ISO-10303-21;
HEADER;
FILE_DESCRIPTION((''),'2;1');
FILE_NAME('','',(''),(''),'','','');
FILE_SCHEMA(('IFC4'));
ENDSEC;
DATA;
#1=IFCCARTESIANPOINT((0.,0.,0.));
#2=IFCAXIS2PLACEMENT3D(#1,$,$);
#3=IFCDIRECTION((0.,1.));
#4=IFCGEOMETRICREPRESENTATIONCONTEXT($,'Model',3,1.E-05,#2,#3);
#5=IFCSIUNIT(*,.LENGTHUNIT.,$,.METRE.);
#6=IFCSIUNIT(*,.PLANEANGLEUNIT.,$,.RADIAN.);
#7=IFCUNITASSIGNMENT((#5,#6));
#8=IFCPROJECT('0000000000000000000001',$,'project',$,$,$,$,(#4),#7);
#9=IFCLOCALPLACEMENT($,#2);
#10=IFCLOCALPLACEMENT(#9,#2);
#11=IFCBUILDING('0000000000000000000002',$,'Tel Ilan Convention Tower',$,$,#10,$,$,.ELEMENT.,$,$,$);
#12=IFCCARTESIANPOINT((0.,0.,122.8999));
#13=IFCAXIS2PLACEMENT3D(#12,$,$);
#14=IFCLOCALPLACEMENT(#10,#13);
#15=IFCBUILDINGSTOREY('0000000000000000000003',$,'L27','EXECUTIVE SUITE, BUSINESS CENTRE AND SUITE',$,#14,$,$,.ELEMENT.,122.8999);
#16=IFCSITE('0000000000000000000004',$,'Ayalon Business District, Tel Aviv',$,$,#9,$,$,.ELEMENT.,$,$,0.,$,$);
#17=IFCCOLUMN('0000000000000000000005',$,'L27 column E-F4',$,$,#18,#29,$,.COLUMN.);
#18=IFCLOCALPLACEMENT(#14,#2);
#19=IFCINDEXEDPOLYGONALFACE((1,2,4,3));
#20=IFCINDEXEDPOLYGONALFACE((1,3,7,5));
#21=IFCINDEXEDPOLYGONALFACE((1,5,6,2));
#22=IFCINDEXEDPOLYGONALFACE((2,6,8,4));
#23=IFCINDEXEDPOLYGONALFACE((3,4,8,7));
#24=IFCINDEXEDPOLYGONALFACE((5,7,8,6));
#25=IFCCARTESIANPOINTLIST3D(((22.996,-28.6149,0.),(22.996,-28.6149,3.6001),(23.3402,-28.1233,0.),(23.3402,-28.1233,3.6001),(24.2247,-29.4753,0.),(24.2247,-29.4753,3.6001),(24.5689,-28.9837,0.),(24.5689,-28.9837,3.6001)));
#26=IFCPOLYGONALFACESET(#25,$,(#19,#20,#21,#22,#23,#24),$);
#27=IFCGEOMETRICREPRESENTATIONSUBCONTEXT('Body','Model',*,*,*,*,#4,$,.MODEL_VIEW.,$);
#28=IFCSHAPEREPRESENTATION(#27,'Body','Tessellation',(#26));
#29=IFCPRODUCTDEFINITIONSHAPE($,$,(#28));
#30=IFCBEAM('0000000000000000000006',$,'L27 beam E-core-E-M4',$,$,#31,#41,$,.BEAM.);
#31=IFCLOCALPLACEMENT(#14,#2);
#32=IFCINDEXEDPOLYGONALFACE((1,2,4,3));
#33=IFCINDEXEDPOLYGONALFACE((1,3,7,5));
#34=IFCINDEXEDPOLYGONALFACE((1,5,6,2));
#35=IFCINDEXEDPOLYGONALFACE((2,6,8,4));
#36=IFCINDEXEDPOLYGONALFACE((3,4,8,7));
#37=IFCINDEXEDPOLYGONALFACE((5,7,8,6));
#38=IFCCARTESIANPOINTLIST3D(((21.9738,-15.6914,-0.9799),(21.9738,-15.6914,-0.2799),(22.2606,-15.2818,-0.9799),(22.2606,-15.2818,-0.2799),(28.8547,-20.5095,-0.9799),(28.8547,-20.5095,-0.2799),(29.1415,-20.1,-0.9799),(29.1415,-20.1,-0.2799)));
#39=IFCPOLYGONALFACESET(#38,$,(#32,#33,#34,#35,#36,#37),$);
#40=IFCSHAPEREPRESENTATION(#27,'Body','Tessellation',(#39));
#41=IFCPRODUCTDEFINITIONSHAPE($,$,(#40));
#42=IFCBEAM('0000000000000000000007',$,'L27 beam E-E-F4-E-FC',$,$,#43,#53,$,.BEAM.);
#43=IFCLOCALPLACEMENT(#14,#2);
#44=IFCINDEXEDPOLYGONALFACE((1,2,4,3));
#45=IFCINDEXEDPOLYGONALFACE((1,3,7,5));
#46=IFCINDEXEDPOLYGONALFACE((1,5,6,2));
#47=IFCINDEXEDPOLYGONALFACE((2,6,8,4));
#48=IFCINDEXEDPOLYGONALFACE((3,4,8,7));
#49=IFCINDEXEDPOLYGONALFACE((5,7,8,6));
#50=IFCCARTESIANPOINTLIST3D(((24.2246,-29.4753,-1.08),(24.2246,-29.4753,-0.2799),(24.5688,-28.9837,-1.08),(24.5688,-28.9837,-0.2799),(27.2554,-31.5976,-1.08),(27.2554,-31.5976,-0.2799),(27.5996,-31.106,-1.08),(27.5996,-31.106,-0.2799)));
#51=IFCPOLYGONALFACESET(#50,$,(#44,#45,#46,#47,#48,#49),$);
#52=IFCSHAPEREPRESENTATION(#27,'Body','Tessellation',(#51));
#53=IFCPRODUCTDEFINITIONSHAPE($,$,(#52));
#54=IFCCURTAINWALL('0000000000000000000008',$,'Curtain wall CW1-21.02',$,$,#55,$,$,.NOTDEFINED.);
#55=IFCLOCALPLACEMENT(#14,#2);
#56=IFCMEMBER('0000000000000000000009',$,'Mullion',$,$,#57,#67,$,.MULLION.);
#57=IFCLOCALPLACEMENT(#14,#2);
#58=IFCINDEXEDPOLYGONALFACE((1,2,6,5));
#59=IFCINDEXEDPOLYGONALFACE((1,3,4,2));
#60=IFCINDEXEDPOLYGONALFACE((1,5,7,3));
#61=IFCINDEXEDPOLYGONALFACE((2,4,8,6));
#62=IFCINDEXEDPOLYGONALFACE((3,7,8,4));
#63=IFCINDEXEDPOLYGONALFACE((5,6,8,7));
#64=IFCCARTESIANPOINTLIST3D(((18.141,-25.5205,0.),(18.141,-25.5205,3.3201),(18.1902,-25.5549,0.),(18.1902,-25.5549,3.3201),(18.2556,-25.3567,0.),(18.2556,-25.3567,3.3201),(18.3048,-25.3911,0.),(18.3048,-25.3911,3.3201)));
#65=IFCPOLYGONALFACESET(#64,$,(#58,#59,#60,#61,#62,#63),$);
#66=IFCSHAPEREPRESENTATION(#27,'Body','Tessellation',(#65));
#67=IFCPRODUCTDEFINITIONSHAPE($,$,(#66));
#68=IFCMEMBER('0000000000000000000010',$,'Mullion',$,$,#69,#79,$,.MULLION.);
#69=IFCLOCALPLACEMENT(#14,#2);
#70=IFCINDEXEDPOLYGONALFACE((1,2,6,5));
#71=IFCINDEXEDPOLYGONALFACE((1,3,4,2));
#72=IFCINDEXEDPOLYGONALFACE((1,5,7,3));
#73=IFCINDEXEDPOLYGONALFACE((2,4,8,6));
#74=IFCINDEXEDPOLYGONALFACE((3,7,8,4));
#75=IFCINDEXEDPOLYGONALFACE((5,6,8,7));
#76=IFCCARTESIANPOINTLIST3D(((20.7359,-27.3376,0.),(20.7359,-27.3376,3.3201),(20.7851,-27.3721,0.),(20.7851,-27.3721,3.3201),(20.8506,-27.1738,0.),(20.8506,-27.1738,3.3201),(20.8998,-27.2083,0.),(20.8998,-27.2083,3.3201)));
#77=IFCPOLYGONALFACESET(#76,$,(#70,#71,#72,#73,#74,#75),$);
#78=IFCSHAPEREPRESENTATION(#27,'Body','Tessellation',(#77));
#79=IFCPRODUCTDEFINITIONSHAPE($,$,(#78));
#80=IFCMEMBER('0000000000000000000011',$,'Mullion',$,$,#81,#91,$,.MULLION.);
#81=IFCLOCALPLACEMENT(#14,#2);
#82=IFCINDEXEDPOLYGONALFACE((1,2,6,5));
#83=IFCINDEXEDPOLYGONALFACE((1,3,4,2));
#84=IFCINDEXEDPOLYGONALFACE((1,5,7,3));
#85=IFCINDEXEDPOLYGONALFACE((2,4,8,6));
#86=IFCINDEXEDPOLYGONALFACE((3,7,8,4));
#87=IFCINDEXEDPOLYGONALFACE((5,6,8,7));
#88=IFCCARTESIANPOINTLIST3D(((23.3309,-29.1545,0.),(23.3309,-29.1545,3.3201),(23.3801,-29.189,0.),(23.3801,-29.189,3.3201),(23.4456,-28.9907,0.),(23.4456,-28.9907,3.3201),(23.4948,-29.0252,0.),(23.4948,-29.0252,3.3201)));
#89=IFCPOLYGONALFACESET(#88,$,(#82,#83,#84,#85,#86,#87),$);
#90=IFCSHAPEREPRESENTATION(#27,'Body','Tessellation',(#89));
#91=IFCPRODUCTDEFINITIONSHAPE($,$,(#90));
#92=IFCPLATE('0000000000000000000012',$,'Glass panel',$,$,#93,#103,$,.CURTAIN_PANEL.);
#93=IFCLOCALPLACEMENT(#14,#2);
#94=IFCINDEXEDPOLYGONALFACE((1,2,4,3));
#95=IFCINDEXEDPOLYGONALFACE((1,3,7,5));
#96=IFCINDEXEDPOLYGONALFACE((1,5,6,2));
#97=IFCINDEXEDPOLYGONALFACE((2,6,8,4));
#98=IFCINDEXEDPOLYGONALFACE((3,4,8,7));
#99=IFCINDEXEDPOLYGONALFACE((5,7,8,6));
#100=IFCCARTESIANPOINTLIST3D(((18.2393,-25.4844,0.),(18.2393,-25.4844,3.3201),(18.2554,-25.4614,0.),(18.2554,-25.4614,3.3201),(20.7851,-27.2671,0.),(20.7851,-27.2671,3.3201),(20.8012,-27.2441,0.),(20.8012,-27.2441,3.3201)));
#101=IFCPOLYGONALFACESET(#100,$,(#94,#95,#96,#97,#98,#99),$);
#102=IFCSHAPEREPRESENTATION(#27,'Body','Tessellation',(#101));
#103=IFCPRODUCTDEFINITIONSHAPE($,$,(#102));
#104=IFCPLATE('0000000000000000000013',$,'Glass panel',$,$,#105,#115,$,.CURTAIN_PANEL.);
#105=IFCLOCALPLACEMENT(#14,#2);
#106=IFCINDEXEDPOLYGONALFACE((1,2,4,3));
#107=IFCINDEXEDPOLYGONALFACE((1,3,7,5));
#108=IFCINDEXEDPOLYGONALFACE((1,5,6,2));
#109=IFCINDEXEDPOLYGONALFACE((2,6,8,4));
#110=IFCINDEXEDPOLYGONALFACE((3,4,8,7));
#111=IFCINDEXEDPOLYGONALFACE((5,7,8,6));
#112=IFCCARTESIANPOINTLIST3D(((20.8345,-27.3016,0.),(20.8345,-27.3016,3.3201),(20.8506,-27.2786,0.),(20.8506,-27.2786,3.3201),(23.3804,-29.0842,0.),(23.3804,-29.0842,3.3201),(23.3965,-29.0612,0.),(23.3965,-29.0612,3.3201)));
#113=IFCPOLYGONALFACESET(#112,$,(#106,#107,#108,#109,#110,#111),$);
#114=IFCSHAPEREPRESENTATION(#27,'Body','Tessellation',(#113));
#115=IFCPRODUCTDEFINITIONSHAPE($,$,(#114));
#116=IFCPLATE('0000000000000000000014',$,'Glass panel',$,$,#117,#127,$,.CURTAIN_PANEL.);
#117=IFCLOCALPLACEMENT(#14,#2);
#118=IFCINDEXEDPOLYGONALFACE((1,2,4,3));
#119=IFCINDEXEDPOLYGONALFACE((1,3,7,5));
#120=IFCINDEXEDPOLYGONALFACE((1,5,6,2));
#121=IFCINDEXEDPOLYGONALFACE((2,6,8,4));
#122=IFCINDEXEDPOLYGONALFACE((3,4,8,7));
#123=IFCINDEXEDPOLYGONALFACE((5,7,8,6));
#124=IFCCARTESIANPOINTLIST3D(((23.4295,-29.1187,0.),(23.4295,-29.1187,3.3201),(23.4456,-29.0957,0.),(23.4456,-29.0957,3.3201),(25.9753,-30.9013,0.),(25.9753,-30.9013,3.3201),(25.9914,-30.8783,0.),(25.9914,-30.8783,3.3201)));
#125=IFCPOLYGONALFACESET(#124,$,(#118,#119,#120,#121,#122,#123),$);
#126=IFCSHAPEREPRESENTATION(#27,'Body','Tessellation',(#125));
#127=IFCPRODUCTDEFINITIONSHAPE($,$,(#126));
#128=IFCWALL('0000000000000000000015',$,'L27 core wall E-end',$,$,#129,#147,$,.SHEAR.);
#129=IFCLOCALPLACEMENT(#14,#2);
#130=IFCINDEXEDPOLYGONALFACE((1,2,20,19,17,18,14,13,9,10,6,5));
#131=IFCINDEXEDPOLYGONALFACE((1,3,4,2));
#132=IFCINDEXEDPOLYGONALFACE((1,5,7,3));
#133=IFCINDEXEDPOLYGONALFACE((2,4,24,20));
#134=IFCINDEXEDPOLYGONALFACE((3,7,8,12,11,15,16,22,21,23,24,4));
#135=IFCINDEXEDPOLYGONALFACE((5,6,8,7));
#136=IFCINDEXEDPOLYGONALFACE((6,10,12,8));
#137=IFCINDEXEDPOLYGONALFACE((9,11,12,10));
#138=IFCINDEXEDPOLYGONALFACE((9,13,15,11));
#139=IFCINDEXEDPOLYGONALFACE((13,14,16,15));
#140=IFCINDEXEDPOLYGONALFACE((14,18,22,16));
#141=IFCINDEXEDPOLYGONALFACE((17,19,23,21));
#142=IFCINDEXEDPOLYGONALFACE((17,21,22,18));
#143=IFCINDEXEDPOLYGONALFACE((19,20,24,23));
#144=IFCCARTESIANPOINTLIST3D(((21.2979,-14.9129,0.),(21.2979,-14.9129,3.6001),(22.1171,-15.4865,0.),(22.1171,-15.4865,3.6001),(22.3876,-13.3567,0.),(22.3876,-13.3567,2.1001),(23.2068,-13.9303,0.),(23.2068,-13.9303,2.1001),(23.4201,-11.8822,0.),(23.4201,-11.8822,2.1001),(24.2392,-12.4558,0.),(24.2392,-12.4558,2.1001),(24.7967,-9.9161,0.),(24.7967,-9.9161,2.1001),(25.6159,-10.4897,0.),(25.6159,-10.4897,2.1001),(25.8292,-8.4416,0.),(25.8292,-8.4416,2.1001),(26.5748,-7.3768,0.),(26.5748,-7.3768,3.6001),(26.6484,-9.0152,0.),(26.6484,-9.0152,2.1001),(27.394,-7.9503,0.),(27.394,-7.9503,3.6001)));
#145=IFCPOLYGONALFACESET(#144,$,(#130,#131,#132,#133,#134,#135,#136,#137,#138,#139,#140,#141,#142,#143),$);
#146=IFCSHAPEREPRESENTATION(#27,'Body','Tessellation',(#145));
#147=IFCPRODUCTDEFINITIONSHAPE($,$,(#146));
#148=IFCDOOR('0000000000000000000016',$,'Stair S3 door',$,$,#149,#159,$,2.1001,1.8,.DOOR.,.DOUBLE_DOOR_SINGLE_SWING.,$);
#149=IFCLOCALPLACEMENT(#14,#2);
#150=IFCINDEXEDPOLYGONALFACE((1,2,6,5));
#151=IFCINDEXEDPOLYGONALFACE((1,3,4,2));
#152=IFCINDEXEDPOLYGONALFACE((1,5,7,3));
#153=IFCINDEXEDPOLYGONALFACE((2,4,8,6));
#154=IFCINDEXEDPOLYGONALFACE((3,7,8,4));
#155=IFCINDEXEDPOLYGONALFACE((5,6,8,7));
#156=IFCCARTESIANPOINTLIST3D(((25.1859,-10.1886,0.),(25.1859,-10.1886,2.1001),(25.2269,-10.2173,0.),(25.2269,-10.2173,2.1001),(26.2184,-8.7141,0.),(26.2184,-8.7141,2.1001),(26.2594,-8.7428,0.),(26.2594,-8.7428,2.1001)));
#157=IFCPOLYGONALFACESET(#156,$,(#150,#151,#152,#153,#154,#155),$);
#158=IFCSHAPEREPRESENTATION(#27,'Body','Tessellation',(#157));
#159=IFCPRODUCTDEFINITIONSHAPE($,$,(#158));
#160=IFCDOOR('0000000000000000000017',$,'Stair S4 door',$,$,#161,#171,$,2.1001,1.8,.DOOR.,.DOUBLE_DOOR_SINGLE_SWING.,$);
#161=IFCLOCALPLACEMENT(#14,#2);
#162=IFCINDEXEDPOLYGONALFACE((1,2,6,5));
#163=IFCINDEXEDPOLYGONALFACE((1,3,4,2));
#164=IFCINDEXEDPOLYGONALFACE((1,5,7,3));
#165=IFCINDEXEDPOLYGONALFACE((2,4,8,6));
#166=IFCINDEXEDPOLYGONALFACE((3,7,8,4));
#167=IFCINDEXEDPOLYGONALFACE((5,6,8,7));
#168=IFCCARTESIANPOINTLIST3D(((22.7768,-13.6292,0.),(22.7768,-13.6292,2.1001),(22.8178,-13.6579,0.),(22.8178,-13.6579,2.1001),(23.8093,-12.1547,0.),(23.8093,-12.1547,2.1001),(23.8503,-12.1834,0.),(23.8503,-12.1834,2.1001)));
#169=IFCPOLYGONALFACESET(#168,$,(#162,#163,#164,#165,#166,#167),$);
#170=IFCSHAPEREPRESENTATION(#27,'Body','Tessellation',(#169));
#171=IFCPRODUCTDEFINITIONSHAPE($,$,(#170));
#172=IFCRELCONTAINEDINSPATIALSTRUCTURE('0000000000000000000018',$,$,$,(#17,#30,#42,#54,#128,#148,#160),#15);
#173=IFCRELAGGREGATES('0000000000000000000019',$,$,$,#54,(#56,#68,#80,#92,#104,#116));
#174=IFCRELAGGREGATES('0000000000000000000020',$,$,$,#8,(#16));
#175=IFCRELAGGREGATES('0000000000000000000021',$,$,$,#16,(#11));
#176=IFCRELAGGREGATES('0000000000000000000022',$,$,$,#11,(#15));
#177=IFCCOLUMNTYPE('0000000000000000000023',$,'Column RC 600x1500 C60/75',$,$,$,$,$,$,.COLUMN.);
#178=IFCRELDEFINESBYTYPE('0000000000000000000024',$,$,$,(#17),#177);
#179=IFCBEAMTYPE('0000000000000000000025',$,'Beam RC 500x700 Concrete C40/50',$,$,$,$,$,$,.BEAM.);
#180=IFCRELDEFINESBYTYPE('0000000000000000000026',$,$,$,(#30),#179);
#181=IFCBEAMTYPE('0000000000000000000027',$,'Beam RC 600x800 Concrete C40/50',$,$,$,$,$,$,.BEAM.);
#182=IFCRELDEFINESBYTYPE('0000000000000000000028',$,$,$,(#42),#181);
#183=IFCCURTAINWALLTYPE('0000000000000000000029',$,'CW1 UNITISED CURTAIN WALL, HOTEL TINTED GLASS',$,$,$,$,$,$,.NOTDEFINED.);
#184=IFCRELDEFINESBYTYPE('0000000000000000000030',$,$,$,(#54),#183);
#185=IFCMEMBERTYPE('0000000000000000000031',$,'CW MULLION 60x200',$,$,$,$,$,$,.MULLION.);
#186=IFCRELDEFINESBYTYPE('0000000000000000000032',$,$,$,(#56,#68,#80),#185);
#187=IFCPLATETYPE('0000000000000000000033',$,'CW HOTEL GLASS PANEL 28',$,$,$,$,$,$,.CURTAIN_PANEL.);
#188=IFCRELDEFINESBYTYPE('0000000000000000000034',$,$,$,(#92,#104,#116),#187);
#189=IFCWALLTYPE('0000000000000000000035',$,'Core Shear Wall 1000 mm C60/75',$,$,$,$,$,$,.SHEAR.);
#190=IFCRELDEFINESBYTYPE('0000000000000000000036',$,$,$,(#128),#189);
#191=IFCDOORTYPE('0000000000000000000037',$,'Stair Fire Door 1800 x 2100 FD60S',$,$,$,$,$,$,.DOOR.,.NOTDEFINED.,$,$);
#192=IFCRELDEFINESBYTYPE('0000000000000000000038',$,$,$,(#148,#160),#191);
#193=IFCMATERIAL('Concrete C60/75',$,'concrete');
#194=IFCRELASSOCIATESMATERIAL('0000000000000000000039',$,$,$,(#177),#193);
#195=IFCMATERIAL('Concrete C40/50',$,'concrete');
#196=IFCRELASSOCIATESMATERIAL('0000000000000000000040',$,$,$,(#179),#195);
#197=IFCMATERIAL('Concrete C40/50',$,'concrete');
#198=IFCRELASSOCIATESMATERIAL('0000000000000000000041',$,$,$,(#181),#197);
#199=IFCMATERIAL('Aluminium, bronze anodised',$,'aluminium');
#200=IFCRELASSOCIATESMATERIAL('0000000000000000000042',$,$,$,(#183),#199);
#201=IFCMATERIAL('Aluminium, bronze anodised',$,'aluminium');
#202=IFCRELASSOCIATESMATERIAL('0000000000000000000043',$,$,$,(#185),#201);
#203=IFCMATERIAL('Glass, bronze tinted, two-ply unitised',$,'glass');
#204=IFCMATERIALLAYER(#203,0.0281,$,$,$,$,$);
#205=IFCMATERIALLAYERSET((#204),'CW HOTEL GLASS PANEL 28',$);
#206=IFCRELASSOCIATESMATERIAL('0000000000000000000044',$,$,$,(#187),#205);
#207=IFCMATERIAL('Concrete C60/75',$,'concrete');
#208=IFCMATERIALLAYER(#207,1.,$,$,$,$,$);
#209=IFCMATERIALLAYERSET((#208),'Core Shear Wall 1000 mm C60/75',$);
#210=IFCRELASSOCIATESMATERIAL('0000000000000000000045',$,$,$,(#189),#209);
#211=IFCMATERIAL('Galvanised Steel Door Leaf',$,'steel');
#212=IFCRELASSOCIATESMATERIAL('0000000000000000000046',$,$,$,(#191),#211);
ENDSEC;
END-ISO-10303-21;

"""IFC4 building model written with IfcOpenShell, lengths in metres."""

from ifc_helpers import new_model, si_unit, direction, frame, frame_2d, origin, origin_2d, place, context, subcontext, project, spatial, polyline, rectangle, outline, extrude, material, layer, layer_set, material_profile, profile_set, type_object, element, fill, aggregate, save


model = new_model("IFC4")

# Units and contexts
model_context = context("Model", 3, precision=1e-05, world=origin(), true_north=direction((0.0, 1.0)))
body_context = subcontext(model_context, "Body", "Model", "MODEL_VIEW")
ifc_project = project(units=[si_unit("LENGTHUNIT", "METRE"), si_unit("PLANEANGLEUNIT", "RADIAN")], contexts=[model_context])

# Site, building, storey
site_placement = place(None, origin())
site = spatial("IfcSite", under=ifc_project, at=site_placement, Name="Ayalon Business District, Tel Aviv", CompositionType="ELEMENT", RefElevation=0.0)
building_placement = place(site_placement, origin())
building = spatial("IfcBuilding", under=site, at=building_placement, Name="Tel Ilan Convention Tower", CompositionType="ELEMENT")
storey_placement = place(building_placement, frame((0.0, 0.0, 122.8999)))
storey = spatial("IfcBuildingStorey", under=building, at=storey_placement, Name="L27", Description="EXECUTIVE SUITE, BUSINESS CENTRE AND SUITE", CompositionType="ELEMENT", Elevation=122.8999)

# Column
ifc_material_1 = material(Name="Concrete C60/75", Category="concrete")
ifc_material_profile_1 = material_profile(ifc_material_1, rectangle(XDim=1.5, YDim=0.6001, at=origin_2d()), Name="RC 600x1500")
ifc_profile_set_1 = profile_set([ifc_material_profile_1], Name="Concrete C60/75")
column_type = type_object("IfcColumnType", Name="Column RC 600x1500 C60/75", PredefinedType="COLUMN", material=ifc_profile_set_1)
column_placement = place(storey_placement, frame((23.7825, -28.7993, 0.0), z_axis=(0.0, 0.0, 1.0), x_axis=(0.819152, -0.573576, 0.0)))
element("IfcColumn", 1, at=column_placement, inside=storey, type_object=column_type, Name="L27 column E-F4", PredefinedType="COLUMN", context=body_context, shape_type="SweptSolid", body=[
    extrude(rectangle(XDim=1.5, YDim=0.6001, at=origin_2d()), origin(), (0.0, 0.0, 1.0), 3.6001),
])

# Beams
ifc_material_2 = material(Name="Concrete C40/50", Category="concrete")
ifc_material_profile_2 = material_profile(ifc_material_2, rectangle(XDim=0.5, YDim=0.7, at=origin_2d()), Name="RC 500x700")
ifc_profile_set_2 = profile_set([ifc_material_profile_2], Name="Concrete C40/50")
beam_type_1 = type_object("IfcBeamType", Name="Beam RC 500x700 Concrete C40/50", PredefinedType="BEAM", material=ifc_profile_set_2)
beam_1_placement = place(storey_placement, frame((22.1172, -15.4866, -0.6299), z_axis=(0.819147, -0.573583, 0.0), x_axis=(0.573583, 0.819147, 0.0)))
element("IfcBeam", 2, at=beam_1_placement, inside=storey, type_object=beam_type_1, Name="L27 beam E-core-E-M4", PredefinedType="BEAM", context=body_context, shape_type="SweptSolid", body=[
    extrude(rectangle(XDim=0.5, YDim=0.7, at=origin_2d()), origin(), (0.0, 0.0, 1.0), 8.4001),
])
ifc_material_3 = material(Name="Concrete C40/50", Category="concrete")
ifc_material_profile_3 = material_profile(ifc_material_3, rectangle(XDim=0.6001, YDim=0.8, at=origin_2d()), Name="RC 600x800")
ifc_profile_set_3 = profile_set([ifc_material_profile_3], Name="Concrete C40/50")
beam_type_2 = type_object("IfcBeamType", Name="Beam RC 600x800 Concrete C40/50", PredefinedType="BEAM", material=ifc_profile_set_3)
beam_2_placement = place(storey_placement, frame((24.3967, -29.2295, -0.6799), z_axis=(0.819133, -0.573604, 0.0), x_axis=(0.573604, 0.819133, 0.0)))
element("IfcBeam", 3, at=beam_2_placement, inside=storey, type_object=beam_type_2, Name="L27 beam E-E-F4-E-FC", PredefinedType="BEAM", context=body_context, shape_type="SweptSolid", body=[
    extrude(rectangle(XDim=0.6001, YDim=0.8, at=origin_2d()), origin(), (0.0, 0.0, 1.0), 3.7),
])

# Curtain wall, members, plates
ifc_material_4 = material(Name="Aluminium, bronze anodised", Category="aluminium")
curtain_wall_type = type_object("IfcCurtainWallType", Name="CW1 UNITISED CURTAIN WALL, HOTEL TINTED GLASS", PredefinedType="NOTDEFINED", material=ifc_material_4)
curtain_wall_placement = place(storey_placement, origin())
curtain_wall = element("IfcCurtainWall", 4, at=curtain_wall_placement, inside=storey, type_object=curtain_wall_type, Name="Curtain wall CW1-21.02", PredefinedType="NOTDEFINED")
ifc_material_5 = material(Name="Aluminium, bronze anodised", Category="aluminium")
ifc_material_profile_4 = material_profile(ifc_material_5, rectangle(XDim=0.0601, YDim=0.2, at=origin_2d()), Name="CW MULLION 60x200")
ifc_profile_set_4 = profile_set([ifc_material_profile_4], Name="Aluminium, bronze anodised")
member_type = type_object("IfcMemberType", Name="CW MULLION 60x200", PredefinedType="MULLION", material=ifc_profile_set_4)
member_1_placement = place(storey_placement, frame((18.2229, -25.4558, 0.0), z_axis=(0.0, 0.0, 1.0), x_axis=(0.819152, -0.573576, 0.0)))
member_1 = element("IfcMember", 5, at=member_1_placement, type_object=member_type, Name="Mullion", PredefinedType="MULLION", context=body_context, shape_type="SweptSolid", body=[
    extrude(rectangle(XDim=0.0601, YDim=0.2, at=origin_2d()), origin(), (0.0, 0.0, 1.0), 3.3201),
])
member_2_placement = place(storey_placement, frame((20.8179, -27.2729, 0.0), z_axis=(0.0, 0.0, 1.0), x_axis=(0.819152, -0.573576, 0.0)))
member_2 = element("IfcMember", 6, at=member_2_placement, type_object=member_type, Name="Mullion", PredefinedType="MULLION", context=body_context, shape_type="SweptSolid", body=[
    extrude(rectangle(XDim=0.0601, YDim=0.2, at=origin_2d()), origin(), (0.0, 0.0, 1.0), 3.3201),
])
member_3_placement = place(storey_placement, frame((23.4128, -29.0898, 0.0), z_axis=(0.0, 0.0, 1.0), x_axis=(0.819152, -0.573576, 0.0)))
member_3 = element("IfcMember", 7, at=member_3_placement, type_object=member_type, Name="Mullion", PredefinedType="MULLION", context=body_context, shape_type="SweptSolid", body=[
    extrude(rectangle(XDim=0.0601, YDim=0.2, at=origin_2d()), origin(), (0.0, 0.0, 1.0), 3.3201),
])
ifc_material_6 = material(Name="Glass, bronze tinted, two-ply unitised", Category="glass")
ifc_layer_1 = layer(ifc_material_6, 0.0281)
ifc_layer_set_1 = layer_set([ifc_layer_1], Name="CW HOTEL GLASS PANEL 28")
plate_type = type_object("IfcPlateType", Name="CW HOTEL GLASS PANEL 28", PredefinedType="CURTAIN_PANEL", material=ifc_layer_set_1)
plate_1_placement = place(storey_placement, frame((19.5203, -26.3643, 0.0), z_axis=(0.0, 0.0, 1.0), x_axis=(0.819152, -0.573576, 0.0)))
plate_1 = element("IfcPlate", 8, at=plate_1_placement, type_object=plate_type, Name="Glass panel", PredefinedType="CURTAIN_PANEL", context=body_context, shape_type="SweptSolid", body=[
    extrude(rectangle(XDim=3.1079, YDim=0.0281, at=origin_2d()), origin(), (0.0, 0.0, 1.0), 3.3201),
])
plate_2_placement = place(storey_placement, frame((22.1155, -28.1814, 0.0), z_axis=(0.0, 0.0, 1.0), x_axis=(0.819152, -0.573576, 0.0)))
plate_2 = element("IfcPlate", 9, at=plate_2_placement, type_object=plate_type, Name="Glass panel", PredefinedType="CURTAIN_PANEL", context=body_context, shape_type="SweptSolid", body=[
    extrude(rectangle(XDim=3.1079, YDim=0.0281, at=origin_2d()), origin(), (0.0, 0.0, 1.0), 3.3201),
])
plate_3_placement = place(storey_placement, frame((24.7104, -29.9985, 0.0), z_axis=(0.0, 0.0, 1.0), x_axis=(0.819152, -0.573576, 0.0)))
plate_3 = element("IfcPlate", 10, at=plate_3_placement, type_object=plate_type, Name="Glass panel", PredefinedType="CURTAIN_PANEL", context=body_context, shape_type="SweptSolid", body=[
    extrude(rectangle(XDim=3.1079, YDim=0.0281, at=origin_2d()), origin(), (0.0, 0.0, 1.0), 3.3201),
])
aggregate(curtain_wall, [member_1, member_2, member_3, plate_1, plate_2, plate_3])

# Wall, openings, doors
ifc_material_7 = material(Name="Concrete C60/75", Category="concrete")
ifc_layer_2 = layer(ifc_material_7, 1.0)
ifc_layer_set_2 = layer_set([ifc_layer_2], Name="Core Shear Wall 1000 mm C60/75")
wall_type_1 = type_object("IfcWallType", Name="Core Shear Wall 1000 mm C60/75", PredefinedType="SHEAR", material=ifc_layer_set_2)
wall_1_placement = place(storey_placement, frame((21.7075, -15.1997, 0.0), z_axis=(0.0, 0.0, 1.0), x_axis=(0.573576, 0.819152, 0.0)))
wall_1 = element("IfcWall", 11, at=wall_1_placement, inside=storey, type_object=wall_type_1, Name="L27 core wall E-end", PredefinedType="SHEAR", context=body_context, shape_type="SweptSolid", body=[
    extrude(outline(polyline([(9.2, 0.5), (0.0, 0.5), (0.0, -0.5), (9.2, -0.5), (9.2, 0.5)])), origin(), (0.0, 0.0, 1.0), 3.6001),
])
opening_1_placement = place(wall_1_placement, frame((6.1001, 0.0, 0.0)))
opening_1 = element("IfcOpeningElement", 12, at=opening_1_placement, cuts=wall_1, PredefinedType="OPENING", context=body_context, shape_type="SweptSolid", body=[
    extrude(rectangle(XDim=1.8, YDim=2.1001, at=frame_2d((0.8999, 1.05))), frame((0.0, 0.51, 0.0), z_axis=(0.0, -1.0, 0.0), x_axis=(1.0, 0.0, 0.0)), (0.0, 0.0, 1.0), 1.02),
])
opening_2_placement = place(wall_1_placement, frame((1.8999, 0.0, 0.0)))
opening_2 = element("IfcOpeningElement", 13, at=opening_2_placement, cuts=wall_1, PredefinedType="OPENING", context=body_context, shape_type="SweptSolid", body=[
    extrude(rectangle(XDim=1.8, YDim=2.1001, at=frame_2d((0.8999, 1.05))), frame((0.0, 0.51, 0.0), z_axis=(0.0, -1.0, 0.0), x_axis=(1.0, 0.0, 0.0)), (0.0, 0.0, 1.0), 1.02),
])
ifc_material_8 = material(Name="Galvanised Steel Door Leaf", Category="steel")
door_type_1 = type_object("IfcDoorType", Name="Stair Fire Door 1800 x 2100 FD60S", OperationType="NOTDEFINED", PredefinedType="DOOR", material=ifc_material_8)
door_1_placement = place(opening_1_placement, origin())
door_1 = element("IfcDoor", 14, at=door_1_placement, inside=storey, type_object=door_type_1, Name="Stair S3 door", OperationType="DOUBLE_DOOR_SINGLE_SWING", OverallHeight=2.1001, OverallWidth=1.8, PredefinedType="DOOR", context=body_context, shape_type="SweptSolid", body=[
    extrude(rectangle(XDim=1.8, YDim=2.1001, at=frame_2d((0.8999, 1.05))), frame((0.0, 0.0249, 0.0), z_axis=(0.0, -1.0, 0.0), x_axis=(1.0, 0.0, 0.0)), (0.0, 0.0, 1.0), 0.05),
])
fill(opening_1, door_1)
door_2_placement = place(opening_2_placement, origin())
door_2 = element("IfcDoor", 15, at=door_2_placement, inside=storey, type_object=door_type_1, Name="Stair S4 door", OperationType="DOUBLE_DOOR_SINGLE_SWING", OverallHeight=2.1001, OverallWidth=1.8, PredefinedType="DOOR", context=body_context, shape_type="SweptSolid", body=[
    extrude(rectangle(XDim=1.8, YDim=2.1001, at=frame_2d((0.8999, 1.05))), frame((0.0, 0.0249, 0.0), z_axis=(0.0, -1.0, 0.0), x_axis=(1.0, 0.0, 0.0)), (0.0, 0.0, 1.0), 0.05),
])
fill(opening_2, door_2)

save(model, "model.ifc")
